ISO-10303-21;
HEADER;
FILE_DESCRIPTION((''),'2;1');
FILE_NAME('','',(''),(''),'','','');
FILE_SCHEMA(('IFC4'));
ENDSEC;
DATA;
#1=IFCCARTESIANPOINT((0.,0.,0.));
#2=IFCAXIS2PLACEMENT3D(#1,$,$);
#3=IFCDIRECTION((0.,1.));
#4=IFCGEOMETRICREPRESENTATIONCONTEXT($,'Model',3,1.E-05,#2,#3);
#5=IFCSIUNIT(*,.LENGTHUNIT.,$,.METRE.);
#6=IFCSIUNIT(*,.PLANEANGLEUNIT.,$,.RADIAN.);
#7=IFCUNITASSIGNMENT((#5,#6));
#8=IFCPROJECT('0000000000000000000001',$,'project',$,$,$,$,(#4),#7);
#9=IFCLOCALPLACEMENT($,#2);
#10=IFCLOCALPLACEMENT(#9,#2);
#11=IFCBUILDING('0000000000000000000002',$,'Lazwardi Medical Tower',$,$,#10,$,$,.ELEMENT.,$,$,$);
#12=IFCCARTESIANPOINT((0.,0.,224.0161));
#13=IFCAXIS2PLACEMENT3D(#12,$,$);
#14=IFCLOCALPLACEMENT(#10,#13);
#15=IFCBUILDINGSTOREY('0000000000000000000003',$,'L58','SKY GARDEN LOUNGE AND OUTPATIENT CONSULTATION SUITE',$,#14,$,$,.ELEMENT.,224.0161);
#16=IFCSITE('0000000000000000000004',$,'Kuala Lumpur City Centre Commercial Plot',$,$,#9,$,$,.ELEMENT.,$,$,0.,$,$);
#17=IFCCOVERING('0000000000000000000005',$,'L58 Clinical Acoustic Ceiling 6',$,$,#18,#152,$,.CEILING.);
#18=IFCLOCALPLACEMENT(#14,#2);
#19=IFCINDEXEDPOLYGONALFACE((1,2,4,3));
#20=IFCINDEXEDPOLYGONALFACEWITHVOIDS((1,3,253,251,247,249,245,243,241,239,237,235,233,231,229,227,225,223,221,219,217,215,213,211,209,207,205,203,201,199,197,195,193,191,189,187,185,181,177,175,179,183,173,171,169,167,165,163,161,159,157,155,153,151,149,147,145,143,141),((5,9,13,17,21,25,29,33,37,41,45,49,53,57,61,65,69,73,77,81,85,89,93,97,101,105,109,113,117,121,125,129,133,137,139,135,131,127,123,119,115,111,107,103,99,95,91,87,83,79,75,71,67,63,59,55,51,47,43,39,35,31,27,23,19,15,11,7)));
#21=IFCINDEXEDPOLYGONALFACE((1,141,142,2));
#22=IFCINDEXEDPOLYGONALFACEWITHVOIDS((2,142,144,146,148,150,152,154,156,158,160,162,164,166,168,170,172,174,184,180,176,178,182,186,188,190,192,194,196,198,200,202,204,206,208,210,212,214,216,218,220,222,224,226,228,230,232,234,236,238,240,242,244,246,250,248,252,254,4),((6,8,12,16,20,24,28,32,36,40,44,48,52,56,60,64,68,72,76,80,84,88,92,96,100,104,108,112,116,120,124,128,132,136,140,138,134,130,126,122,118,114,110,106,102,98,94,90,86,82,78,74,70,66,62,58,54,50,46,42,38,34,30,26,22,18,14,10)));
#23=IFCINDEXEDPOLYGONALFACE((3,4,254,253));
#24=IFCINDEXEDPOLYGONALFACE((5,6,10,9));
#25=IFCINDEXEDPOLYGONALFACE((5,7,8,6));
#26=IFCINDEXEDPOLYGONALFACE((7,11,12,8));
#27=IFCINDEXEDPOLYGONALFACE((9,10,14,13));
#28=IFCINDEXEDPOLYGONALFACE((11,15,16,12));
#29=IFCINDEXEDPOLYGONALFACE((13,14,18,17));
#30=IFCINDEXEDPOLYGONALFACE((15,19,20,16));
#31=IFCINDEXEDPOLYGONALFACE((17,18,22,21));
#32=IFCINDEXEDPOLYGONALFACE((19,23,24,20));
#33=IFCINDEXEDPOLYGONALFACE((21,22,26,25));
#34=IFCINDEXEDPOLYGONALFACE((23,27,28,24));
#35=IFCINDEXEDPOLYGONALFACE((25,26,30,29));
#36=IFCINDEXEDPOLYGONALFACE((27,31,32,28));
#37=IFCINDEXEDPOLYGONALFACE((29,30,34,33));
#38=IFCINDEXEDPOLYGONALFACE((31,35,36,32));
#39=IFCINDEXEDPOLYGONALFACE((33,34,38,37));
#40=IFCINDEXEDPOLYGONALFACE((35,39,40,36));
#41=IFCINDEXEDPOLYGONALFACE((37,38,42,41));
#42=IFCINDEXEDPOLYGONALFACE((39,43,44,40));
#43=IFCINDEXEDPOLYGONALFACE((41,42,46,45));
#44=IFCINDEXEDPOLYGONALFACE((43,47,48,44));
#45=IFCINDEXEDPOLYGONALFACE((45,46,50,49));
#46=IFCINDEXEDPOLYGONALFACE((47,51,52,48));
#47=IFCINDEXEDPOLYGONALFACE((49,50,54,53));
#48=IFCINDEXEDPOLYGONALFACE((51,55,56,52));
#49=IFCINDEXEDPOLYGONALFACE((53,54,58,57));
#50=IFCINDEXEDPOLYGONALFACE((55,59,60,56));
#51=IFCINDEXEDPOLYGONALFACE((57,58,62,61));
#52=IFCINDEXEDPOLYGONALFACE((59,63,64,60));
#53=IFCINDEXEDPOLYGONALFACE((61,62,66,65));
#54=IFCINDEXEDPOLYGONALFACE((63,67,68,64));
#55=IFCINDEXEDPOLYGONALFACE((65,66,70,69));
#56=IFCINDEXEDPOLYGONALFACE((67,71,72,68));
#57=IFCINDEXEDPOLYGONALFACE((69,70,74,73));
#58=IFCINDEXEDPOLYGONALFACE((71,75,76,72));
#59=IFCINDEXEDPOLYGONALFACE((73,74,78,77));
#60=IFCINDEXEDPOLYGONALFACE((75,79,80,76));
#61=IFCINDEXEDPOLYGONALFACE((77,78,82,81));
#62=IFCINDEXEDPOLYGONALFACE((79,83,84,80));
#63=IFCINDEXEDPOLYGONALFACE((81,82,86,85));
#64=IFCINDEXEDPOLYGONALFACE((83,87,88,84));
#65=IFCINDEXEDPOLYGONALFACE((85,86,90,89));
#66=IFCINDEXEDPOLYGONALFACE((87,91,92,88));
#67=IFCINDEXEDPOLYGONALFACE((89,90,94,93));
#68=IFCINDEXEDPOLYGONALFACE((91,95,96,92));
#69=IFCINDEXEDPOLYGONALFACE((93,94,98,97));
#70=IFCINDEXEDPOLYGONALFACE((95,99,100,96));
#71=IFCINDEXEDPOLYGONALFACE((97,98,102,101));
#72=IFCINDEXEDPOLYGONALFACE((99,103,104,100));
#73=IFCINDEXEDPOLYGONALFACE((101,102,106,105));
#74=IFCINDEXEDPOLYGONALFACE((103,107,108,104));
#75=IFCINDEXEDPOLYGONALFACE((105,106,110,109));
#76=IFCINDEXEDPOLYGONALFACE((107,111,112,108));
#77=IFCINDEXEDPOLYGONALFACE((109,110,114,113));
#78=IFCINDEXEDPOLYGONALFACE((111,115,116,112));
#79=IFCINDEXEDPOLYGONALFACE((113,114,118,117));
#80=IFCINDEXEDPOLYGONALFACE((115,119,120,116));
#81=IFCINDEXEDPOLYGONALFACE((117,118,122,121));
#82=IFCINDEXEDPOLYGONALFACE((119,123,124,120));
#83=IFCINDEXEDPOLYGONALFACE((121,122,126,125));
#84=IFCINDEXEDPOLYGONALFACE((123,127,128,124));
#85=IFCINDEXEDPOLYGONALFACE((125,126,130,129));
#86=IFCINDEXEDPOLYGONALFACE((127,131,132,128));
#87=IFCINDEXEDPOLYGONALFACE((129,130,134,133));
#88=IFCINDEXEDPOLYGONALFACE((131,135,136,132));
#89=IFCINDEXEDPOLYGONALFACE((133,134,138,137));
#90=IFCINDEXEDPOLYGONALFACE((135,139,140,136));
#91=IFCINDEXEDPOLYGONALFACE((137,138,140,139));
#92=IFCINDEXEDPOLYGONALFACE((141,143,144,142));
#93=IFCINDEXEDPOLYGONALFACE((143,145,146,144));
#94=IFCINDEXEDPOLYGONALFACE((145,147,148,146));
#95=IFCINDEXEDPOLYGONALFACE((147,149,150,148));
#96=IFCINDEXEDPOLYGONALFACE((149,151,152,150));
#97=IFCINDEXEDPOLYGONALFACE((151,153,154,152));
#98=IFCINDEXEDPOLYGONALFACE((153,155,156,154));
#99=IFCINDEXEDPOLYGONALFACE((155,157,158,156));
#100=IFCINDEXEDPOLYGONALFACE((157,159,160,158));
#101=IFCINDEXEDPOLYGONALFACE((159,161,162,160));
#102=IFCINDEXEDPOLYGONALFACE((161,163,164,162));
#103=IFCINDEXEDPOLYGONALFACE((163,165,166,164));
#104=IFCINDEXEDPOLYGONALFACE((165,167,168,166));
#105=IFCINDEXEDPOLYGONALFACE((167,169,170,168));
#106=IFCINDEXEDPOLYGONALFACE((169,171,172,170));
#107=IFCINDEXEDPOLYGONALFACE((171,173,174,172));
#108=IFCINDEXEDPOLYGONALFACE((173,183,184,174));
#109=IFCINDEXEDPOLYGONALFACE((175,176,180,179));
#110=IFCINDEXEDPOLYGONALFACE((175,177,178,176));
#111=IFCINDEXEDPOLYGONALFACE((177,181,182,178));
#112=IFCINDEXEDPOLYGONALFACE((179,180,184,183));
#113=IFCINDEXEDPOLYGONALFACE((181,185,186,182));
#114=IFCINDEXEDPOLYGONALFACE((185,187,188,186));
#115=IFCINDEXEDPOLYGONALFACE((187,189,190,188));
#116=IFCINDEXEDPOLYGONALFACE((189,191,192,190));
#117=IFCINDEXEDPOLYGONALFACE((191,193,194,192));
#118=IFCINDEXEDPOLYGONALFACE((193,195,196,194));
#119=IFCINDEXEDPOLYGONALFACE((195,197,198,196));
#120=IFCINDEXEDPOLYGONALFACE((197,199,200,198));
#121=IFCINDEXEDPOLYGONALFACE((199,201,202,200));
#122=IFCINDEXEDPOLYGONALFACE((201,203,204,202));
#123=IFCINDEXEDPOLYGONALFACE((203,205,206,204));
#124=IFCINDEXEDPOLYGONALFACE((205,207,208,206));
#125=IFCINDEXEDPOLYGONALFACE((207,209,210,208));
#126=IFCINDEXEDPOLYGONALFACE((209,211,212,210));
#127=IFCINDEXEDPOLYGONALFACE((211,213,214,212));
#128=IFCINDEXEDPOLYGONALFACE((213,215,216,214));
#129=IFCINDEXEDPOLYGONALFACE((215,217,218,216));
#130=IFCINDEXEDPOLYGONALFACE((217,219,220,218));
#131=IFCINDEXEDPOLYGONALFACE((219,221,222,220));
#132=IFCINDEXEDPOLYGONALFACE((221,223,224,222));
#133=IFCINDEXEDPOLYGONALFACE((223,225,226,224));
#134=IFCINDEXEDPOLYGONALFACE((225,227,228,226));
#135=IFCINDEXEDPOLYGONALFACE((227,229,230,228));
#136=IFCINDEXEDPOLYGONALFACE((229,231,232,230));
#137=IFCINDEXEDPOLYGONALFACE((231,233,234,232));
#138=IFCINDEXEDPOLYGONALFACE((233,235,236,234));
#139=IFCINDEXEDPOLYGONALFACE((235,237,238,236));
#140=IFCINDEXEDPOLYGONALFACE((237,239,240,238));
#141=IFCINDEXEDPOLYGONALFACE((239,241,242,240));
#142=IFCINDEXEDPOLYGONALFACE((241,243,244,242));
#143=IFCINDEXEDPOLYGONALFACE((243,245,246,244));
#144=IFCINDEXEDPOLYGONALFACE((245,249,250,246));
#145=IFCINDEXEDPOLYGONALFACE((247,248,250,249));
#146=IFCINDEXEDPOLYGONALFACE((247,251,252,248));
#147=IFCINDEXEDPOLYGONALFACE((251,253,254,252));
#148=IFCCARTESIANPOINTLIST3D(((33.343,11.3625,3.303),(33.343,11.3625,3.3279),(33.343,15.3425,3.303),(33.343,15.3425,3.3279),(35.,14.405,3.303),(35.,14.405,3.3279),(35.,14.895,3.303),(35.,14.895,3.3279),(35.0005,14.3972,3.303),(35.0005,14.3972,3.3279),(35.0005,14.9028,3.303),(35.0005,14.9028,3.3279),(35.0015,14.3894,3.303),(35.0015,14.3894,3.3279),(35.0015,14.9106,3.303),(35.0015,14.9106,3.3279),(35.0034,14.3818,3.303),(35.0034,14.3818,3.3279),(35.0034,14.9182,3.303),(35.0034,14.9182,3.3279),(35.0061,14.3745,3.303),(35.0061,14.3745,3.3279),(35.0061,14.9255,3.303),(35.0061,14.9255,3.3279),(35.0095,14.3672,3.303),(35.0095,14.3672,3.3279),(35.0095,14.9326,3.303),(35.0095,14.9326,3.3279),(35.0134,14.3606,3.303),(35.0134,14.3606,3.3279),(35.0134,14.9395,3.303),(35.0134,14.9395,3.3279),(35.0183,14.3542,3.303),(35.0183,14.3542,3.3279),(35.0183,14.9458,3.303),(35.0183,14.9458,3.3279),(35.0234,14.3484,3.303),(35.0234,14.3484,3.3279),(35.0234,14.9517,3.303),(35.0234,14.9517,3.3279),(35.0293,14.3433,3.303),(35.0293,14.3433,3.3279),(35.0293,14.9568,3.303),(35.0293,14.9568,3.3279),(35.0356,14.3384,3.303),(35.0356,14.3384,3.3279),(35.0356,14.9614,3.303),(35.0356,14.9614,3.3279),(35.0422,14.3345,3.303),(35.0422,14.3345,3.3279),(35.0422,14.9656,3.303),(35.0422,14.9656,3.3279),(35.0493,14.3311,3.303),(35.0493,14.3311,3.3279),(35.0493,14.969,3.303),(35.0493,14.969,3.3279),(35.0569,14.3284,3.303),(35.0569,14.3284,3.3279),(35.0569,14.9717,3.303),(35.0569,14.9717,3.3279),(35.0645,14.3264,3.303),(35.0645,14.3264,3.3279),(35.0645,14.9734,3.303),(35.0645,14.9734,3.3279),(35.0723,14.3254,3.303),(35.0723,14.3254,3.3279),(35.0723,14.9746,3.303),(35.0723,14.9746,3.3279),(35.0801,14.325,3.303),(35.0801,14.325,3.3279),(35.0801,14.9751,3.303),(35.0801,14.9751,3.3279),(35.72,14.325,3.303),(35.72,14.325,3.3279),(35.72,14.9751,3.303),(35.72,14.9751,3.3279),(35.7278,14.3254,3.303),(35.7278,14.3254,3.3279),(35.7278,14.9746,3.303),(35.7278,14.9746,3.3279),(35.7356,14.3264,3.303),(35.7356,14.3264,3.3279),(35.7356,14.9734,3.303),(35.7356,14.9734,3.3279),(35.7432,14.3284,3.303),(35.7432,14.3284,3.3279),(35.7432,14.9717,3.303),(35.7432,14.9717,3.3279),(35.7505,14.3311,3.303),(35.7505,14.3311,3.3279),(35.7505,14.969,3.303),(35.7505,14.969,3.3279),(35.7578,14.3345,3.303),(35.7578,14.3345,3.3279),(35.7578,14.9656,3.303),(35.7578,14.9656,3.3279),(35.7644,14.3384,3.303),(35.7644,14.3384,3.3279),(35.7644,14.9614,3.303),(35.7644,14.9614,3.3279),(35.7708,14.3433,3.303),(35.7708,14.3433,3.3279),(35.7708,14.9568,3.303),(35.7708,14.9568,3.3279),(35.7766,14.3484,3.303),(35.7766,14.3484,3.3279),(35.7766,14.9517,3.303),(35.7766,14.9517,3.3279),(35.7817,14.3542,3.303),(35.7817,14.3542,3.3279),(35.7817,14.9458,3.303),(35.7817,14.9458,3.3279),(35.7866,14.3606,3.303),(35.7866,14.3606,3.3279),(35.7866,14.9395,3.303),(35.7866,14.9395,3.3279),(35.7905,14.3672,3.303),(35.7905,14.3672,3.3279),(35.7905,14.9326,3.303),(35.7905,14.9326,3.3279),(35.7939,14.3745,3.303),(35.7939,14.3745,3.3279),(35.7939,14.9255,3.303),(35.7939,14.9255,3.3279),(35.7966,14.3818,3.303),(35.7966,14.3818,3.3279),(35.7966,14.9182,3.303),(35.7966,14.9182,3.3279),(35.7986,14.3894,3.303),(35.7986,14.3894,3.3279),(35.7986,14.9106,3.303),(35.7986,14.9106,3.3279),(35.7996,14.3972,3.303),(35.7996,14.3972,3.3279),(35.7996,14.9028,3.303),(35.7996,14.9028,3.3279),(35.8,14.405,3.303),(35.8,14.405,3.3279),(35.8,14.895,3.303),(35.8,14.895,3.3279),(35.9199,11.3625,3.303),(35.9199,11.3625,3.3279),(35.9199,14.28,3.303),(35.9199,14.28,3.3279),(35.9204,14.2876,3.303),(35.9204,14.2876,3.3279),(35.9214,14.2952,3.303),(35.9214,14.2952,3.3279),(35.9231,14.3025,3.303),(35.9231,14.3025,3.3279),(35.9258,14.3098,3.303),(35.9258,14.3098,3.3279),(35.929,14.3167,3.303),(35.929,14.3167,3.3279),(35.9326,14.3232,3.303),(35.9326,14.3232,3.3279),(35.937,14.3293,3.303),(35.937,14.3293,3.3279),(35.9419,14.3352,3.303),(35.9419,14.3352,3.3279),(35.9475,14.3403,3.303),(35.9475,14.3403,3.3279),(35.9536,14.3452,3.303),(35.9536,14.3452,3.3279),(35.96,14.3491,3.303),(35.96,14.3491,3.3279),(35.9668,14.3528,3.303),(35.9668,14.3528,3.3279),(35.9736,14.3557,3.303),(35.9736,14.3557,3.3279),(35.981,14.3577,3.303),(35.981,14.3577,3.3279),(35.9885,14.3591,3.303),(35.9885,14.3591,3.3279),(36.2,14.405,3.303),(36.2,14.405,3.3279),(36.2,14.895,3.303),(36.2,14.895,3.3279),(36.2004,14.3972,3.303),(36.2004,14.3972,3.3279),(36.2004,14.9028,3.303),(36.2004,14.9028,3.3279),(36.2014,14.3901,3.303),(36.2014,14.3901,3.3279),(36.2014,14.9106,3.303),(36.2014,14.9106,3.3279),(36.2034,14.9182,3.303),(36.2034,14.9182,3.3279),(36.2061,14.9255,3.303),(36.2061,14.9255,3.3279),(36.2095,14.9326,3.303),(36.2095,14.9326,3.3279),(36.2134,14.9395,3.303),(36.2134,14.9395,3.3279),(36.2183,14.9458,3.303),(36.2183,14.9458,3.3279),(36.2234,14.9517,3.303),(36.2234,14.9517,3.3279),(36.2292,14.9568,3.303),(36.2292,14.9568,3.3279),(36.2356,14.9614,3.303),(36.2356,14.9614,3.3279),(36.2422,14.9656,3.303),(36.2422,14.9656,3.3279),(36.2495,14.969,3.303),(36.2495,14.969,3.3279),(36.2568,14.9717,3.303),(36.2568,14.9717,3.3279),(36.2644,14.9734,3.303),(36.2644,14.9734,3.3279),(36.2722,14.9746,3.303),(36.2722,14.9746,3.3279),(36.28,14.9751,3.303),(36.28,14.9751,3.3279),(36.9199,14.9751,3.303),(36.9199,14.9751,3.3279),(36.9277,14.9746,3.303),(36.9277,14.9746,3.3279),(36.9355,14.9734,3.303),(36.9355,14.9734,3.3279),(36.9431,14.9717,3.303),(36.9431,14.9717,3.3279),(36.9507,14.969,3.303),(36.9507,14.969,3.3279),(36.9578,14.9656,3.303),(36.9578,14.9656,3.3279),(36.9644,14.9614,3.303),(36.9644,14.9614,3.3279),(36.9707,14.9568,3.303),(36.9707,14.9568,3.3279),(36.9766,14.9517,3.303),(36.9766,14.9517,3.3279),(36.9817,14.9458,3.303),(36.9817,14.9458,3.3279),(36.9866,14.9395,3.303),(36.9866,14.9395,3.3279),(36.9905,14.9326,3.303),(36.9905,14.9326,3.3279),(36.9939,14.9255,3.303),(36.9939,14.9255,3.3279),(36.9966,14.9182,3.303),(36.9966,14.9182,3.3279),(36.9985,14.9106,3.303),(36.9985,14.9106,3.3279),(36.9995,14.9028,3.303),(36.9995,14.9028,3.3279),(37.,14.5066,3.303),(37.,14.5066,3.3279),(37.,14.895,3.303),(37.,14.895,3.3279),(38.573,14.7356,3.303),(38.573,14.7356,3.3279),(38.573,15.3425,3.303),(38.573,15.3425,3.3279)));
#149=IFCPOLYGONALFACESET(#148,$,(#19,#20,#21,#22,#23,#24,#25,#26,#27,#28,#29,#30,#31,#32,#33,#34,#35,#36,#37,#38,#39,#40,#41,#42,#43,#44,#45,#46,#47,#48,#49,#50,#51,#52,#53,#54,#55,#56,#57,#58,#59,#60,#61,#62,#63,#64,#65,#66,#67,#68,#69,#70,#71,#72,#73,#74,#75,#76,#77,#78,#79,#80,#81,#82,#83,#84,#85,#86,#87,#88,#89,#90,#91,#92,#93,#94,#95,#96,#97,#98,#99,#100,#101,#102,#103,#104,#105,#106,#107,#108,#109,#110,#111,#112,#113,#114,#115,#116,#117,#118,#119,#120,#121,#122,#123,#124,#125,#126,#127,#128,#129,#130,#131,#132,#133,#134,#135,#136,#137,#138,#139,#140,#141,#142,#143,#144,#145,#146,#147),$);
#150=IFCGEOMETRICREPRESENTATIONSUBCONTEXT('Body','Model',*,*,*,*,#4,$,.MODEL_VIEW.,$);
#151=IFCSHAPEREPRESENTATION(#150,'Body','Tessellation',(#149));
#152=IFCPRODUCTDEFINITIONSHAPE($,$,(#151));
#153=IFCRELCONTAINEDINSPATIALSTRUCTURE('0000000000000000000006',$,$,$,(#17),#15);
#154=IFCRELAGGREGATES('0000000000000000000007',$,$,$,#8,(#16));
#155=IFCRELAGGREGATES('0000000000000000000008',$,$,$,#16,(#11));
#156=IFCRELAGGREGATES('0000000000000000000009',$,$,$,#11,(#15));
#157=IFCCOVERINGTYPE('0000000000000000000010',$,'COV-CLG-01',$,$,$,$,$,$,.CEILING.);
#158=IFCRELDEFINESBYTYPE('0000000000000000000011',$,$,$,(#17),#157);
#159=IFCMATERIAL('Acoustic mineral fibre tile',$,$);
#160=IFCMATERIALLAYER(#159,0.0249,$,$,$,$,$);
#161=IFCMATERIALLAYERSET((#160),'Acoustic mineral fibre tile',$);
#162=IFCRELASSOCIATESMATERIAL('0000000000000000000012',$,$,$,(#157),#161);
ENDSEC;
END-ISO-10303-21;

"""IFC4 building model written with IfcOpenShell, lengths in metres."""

from ifc_helpers import new_model, si_unit, direction, frame, origin, place, context, subcontext, project, spatial, polyline, outline, extrude, material, layer, layer_set, type_object, element, save


model = new_model("IFC4")

# Units and contexts
model_context = context("Model", 3, precision=1e-05, world=origin(), true_north=direction((0.0, 1.0)))
body_context = subcontext(model_context, "Body", "Model", "MODEL_VIEW")
ifc_project = project(units=[si_unit("LENGTHUNIT", "METRE"), si_unit("PLANEANGLEUNIT", "RADIAN")], contexts=[model_context])

# Site, building, storey
site_placement = place(None, origin())
site = spatial("IfcSite", under=ifc_project, at=site_placement, Name="Kuala Lumpur City Centre Commercial Plot", CompositionType="ELEMENT", RefElevation=0.0)
building_placement = place(site_placement, origin())
building = spatial("IfcBuilding", under=site, at=building_placement, Name="Lazwardi Medical Tower", CompositionType="ELEMENT")
storey_placement = place(building_placement, frame((0.0, 0.0, 224.0161)))
storey = spatial("IfcBuildingStorey", under=building, at=storey_placement, Name="L58", Description="SKY GARDEN LOUNGE AND OUTPATIENT CONSULTATION SUITE", CompositionType="ELEMENT", Elevation=224.0161)

# Covering
ifc_material_1 = material(Name="Acoustic mineral fibre tile")
ifc_layer_1 = layer(ifc_material_1, 0.0249)
ifc_layer_set_1 = layer_set([ifc_layer_1], Name="Acoustic mineral fibre tile")
covering_type_1 = type_object("IfcCoveringType", Name="COV-CLG-01", PredefinedType="CEILING", material=ifc_layer_set_1)
covering_1_placement = place(storey_placement, frame((0.0, 0.0, 3.303)))
element("IfcCovering", 1, at=covering_1_placement, inside=storey, type_object=covering_type_1, Name="L58 Clinical Acoustic Ceiling 6", PredefinedType="CEILING", context=body_context, shape_type="SweptSolid", body=[
    extrude(outline(polyline([(35.9199, 11.3625), (35.9199, 14.28), (35.9204, 14.2876), (35.9214, 14.2952), (35.9231, 14.3025), (35.9258, 14.3098), (35.929, 14.3167), (35.9326, 14.3232), (35.937, 14.3293), (35.9419, 14.3352), (35.9475, 14.3403), (35.9536, 14.3452), (35.96, 14.3491), (35.9668, 14.3528), (35.9736, 14.3557), (35.981, 14.3577), (35.9885, 14.3591), (36.2014, 14.3901), (36.2004, 14.3972), (36.2, 14.405), (36.2, 14.895), (36.2004, 14.9028), (36.2014, 14.9106), (36.2034, 14.9182), (36.2061, 14.9255), (36.2095, 14.9326), (36.2134, 14.9395), (36.2183, 14.9458), (36.2234, 14.9517), (36.2292, 14.9568), (36.2356, 14.9614), (36.2422, 14.9656), (36.2495, 14.969), (36.2568, 14.9717), (36.2644, 14.9734), (36.2722, 14.9746), (36.28, 14.9751), (36.9199, 14.9751), (36.9277, 14.9746), (36.9355, 14.9734), (36.9431, 14.9717), (36.9507, 14.969), (36.9578, 14.9656), (36.9644, 14.9614), (36.9707, 14.9568), (36.9766, 14.9517), (36.9817, 14.9458), (36.9866, 14.9395), (36.9905, 14.9326), (36.9939, 14.9255), (36.9966, 14.9182), (36.9985, 14.9106), (36.9995, 14.9028), (37.0, 14.895), (37.0, 14.5066), (38.573, 14.7356), (38.573, 15.3425), (33.343, 15.3425), (33.343, 11.3625), (35.9199, 11.3625)]), holes=[polyline([(35.7432, 14.3284), (35.7356, 14.3264), (35.7278, 14.3254), (35.72, 14.325), (35.0801, 14.325), (35.0723, 14.3254), (35.0645, 14.3264), (35.0569, 14.3284), (35.0493, 14.3311), (35.0422, 14.3345), (35.0356, 14.3384), (35.0293, 14.3433), (35.0234, 14.3484), (35.0183, 14.3542), (35.0134, 14.3606), (35.0095, 14.3672), (35.0061, 14.3745), (35.0034, 14.3818), (35.0015, 14.3894), (35.0005, 14.3972), (35.0, 14.405), (35.0, 14.895), (35.0005, 14.9028), (35.0015, 14.9106), (35.0034, 14.9182), (35.0061, 14.9255), (35.0095, 14.9326), (35.0134, 14.9395), (35.0183, 14.9458), (35.0234, 14.9517), (35.0293, 14.9568), (35.0356, 14.9614), (35.0422, 14.9656), (35.0493, 14.969), (35.0569, 14.9717), (35.0645, 14.9734), (35.0723, 14.9746), (35.0801, 14.9751), (35.72, 14.9751), (35.7278, 14.9746), (35.7356, 14.9734), (35.7432, 14.9717), (35.7505, 14.969), (35.7578, 14.9656), (35.7644, 14.9614), (35.7708, 14.9568), (35.7766, 14.9517), (35.7817, 14.9458), (35.7866, 14.9395), (35.7905, 14.9326), (35.7939, 14.9255), (35.7966, 14.9182), (35.7986, 14.9106), (35.7996, 14.9028), (35.8, 14.895), (35.8, 14.405), (35.7996, 14.3972), (35.7986, 14.3894), (35.7966, 14.3818), (35.7939, 14.3745), (35.7905, 14.3672), (35.7866, 14.3606), (35.7817, 14.3542), (35.7766, 14.3484), (35.7708, 14.3433), (35.7644, 14.3384), (35.7578, 14.3345), (35.7505, 14.3311), (35.7432, 14.3284)])]), origin(), (0.0, 0.0, 1.0), 0.0249),
])

save(model, "model.ifc")
